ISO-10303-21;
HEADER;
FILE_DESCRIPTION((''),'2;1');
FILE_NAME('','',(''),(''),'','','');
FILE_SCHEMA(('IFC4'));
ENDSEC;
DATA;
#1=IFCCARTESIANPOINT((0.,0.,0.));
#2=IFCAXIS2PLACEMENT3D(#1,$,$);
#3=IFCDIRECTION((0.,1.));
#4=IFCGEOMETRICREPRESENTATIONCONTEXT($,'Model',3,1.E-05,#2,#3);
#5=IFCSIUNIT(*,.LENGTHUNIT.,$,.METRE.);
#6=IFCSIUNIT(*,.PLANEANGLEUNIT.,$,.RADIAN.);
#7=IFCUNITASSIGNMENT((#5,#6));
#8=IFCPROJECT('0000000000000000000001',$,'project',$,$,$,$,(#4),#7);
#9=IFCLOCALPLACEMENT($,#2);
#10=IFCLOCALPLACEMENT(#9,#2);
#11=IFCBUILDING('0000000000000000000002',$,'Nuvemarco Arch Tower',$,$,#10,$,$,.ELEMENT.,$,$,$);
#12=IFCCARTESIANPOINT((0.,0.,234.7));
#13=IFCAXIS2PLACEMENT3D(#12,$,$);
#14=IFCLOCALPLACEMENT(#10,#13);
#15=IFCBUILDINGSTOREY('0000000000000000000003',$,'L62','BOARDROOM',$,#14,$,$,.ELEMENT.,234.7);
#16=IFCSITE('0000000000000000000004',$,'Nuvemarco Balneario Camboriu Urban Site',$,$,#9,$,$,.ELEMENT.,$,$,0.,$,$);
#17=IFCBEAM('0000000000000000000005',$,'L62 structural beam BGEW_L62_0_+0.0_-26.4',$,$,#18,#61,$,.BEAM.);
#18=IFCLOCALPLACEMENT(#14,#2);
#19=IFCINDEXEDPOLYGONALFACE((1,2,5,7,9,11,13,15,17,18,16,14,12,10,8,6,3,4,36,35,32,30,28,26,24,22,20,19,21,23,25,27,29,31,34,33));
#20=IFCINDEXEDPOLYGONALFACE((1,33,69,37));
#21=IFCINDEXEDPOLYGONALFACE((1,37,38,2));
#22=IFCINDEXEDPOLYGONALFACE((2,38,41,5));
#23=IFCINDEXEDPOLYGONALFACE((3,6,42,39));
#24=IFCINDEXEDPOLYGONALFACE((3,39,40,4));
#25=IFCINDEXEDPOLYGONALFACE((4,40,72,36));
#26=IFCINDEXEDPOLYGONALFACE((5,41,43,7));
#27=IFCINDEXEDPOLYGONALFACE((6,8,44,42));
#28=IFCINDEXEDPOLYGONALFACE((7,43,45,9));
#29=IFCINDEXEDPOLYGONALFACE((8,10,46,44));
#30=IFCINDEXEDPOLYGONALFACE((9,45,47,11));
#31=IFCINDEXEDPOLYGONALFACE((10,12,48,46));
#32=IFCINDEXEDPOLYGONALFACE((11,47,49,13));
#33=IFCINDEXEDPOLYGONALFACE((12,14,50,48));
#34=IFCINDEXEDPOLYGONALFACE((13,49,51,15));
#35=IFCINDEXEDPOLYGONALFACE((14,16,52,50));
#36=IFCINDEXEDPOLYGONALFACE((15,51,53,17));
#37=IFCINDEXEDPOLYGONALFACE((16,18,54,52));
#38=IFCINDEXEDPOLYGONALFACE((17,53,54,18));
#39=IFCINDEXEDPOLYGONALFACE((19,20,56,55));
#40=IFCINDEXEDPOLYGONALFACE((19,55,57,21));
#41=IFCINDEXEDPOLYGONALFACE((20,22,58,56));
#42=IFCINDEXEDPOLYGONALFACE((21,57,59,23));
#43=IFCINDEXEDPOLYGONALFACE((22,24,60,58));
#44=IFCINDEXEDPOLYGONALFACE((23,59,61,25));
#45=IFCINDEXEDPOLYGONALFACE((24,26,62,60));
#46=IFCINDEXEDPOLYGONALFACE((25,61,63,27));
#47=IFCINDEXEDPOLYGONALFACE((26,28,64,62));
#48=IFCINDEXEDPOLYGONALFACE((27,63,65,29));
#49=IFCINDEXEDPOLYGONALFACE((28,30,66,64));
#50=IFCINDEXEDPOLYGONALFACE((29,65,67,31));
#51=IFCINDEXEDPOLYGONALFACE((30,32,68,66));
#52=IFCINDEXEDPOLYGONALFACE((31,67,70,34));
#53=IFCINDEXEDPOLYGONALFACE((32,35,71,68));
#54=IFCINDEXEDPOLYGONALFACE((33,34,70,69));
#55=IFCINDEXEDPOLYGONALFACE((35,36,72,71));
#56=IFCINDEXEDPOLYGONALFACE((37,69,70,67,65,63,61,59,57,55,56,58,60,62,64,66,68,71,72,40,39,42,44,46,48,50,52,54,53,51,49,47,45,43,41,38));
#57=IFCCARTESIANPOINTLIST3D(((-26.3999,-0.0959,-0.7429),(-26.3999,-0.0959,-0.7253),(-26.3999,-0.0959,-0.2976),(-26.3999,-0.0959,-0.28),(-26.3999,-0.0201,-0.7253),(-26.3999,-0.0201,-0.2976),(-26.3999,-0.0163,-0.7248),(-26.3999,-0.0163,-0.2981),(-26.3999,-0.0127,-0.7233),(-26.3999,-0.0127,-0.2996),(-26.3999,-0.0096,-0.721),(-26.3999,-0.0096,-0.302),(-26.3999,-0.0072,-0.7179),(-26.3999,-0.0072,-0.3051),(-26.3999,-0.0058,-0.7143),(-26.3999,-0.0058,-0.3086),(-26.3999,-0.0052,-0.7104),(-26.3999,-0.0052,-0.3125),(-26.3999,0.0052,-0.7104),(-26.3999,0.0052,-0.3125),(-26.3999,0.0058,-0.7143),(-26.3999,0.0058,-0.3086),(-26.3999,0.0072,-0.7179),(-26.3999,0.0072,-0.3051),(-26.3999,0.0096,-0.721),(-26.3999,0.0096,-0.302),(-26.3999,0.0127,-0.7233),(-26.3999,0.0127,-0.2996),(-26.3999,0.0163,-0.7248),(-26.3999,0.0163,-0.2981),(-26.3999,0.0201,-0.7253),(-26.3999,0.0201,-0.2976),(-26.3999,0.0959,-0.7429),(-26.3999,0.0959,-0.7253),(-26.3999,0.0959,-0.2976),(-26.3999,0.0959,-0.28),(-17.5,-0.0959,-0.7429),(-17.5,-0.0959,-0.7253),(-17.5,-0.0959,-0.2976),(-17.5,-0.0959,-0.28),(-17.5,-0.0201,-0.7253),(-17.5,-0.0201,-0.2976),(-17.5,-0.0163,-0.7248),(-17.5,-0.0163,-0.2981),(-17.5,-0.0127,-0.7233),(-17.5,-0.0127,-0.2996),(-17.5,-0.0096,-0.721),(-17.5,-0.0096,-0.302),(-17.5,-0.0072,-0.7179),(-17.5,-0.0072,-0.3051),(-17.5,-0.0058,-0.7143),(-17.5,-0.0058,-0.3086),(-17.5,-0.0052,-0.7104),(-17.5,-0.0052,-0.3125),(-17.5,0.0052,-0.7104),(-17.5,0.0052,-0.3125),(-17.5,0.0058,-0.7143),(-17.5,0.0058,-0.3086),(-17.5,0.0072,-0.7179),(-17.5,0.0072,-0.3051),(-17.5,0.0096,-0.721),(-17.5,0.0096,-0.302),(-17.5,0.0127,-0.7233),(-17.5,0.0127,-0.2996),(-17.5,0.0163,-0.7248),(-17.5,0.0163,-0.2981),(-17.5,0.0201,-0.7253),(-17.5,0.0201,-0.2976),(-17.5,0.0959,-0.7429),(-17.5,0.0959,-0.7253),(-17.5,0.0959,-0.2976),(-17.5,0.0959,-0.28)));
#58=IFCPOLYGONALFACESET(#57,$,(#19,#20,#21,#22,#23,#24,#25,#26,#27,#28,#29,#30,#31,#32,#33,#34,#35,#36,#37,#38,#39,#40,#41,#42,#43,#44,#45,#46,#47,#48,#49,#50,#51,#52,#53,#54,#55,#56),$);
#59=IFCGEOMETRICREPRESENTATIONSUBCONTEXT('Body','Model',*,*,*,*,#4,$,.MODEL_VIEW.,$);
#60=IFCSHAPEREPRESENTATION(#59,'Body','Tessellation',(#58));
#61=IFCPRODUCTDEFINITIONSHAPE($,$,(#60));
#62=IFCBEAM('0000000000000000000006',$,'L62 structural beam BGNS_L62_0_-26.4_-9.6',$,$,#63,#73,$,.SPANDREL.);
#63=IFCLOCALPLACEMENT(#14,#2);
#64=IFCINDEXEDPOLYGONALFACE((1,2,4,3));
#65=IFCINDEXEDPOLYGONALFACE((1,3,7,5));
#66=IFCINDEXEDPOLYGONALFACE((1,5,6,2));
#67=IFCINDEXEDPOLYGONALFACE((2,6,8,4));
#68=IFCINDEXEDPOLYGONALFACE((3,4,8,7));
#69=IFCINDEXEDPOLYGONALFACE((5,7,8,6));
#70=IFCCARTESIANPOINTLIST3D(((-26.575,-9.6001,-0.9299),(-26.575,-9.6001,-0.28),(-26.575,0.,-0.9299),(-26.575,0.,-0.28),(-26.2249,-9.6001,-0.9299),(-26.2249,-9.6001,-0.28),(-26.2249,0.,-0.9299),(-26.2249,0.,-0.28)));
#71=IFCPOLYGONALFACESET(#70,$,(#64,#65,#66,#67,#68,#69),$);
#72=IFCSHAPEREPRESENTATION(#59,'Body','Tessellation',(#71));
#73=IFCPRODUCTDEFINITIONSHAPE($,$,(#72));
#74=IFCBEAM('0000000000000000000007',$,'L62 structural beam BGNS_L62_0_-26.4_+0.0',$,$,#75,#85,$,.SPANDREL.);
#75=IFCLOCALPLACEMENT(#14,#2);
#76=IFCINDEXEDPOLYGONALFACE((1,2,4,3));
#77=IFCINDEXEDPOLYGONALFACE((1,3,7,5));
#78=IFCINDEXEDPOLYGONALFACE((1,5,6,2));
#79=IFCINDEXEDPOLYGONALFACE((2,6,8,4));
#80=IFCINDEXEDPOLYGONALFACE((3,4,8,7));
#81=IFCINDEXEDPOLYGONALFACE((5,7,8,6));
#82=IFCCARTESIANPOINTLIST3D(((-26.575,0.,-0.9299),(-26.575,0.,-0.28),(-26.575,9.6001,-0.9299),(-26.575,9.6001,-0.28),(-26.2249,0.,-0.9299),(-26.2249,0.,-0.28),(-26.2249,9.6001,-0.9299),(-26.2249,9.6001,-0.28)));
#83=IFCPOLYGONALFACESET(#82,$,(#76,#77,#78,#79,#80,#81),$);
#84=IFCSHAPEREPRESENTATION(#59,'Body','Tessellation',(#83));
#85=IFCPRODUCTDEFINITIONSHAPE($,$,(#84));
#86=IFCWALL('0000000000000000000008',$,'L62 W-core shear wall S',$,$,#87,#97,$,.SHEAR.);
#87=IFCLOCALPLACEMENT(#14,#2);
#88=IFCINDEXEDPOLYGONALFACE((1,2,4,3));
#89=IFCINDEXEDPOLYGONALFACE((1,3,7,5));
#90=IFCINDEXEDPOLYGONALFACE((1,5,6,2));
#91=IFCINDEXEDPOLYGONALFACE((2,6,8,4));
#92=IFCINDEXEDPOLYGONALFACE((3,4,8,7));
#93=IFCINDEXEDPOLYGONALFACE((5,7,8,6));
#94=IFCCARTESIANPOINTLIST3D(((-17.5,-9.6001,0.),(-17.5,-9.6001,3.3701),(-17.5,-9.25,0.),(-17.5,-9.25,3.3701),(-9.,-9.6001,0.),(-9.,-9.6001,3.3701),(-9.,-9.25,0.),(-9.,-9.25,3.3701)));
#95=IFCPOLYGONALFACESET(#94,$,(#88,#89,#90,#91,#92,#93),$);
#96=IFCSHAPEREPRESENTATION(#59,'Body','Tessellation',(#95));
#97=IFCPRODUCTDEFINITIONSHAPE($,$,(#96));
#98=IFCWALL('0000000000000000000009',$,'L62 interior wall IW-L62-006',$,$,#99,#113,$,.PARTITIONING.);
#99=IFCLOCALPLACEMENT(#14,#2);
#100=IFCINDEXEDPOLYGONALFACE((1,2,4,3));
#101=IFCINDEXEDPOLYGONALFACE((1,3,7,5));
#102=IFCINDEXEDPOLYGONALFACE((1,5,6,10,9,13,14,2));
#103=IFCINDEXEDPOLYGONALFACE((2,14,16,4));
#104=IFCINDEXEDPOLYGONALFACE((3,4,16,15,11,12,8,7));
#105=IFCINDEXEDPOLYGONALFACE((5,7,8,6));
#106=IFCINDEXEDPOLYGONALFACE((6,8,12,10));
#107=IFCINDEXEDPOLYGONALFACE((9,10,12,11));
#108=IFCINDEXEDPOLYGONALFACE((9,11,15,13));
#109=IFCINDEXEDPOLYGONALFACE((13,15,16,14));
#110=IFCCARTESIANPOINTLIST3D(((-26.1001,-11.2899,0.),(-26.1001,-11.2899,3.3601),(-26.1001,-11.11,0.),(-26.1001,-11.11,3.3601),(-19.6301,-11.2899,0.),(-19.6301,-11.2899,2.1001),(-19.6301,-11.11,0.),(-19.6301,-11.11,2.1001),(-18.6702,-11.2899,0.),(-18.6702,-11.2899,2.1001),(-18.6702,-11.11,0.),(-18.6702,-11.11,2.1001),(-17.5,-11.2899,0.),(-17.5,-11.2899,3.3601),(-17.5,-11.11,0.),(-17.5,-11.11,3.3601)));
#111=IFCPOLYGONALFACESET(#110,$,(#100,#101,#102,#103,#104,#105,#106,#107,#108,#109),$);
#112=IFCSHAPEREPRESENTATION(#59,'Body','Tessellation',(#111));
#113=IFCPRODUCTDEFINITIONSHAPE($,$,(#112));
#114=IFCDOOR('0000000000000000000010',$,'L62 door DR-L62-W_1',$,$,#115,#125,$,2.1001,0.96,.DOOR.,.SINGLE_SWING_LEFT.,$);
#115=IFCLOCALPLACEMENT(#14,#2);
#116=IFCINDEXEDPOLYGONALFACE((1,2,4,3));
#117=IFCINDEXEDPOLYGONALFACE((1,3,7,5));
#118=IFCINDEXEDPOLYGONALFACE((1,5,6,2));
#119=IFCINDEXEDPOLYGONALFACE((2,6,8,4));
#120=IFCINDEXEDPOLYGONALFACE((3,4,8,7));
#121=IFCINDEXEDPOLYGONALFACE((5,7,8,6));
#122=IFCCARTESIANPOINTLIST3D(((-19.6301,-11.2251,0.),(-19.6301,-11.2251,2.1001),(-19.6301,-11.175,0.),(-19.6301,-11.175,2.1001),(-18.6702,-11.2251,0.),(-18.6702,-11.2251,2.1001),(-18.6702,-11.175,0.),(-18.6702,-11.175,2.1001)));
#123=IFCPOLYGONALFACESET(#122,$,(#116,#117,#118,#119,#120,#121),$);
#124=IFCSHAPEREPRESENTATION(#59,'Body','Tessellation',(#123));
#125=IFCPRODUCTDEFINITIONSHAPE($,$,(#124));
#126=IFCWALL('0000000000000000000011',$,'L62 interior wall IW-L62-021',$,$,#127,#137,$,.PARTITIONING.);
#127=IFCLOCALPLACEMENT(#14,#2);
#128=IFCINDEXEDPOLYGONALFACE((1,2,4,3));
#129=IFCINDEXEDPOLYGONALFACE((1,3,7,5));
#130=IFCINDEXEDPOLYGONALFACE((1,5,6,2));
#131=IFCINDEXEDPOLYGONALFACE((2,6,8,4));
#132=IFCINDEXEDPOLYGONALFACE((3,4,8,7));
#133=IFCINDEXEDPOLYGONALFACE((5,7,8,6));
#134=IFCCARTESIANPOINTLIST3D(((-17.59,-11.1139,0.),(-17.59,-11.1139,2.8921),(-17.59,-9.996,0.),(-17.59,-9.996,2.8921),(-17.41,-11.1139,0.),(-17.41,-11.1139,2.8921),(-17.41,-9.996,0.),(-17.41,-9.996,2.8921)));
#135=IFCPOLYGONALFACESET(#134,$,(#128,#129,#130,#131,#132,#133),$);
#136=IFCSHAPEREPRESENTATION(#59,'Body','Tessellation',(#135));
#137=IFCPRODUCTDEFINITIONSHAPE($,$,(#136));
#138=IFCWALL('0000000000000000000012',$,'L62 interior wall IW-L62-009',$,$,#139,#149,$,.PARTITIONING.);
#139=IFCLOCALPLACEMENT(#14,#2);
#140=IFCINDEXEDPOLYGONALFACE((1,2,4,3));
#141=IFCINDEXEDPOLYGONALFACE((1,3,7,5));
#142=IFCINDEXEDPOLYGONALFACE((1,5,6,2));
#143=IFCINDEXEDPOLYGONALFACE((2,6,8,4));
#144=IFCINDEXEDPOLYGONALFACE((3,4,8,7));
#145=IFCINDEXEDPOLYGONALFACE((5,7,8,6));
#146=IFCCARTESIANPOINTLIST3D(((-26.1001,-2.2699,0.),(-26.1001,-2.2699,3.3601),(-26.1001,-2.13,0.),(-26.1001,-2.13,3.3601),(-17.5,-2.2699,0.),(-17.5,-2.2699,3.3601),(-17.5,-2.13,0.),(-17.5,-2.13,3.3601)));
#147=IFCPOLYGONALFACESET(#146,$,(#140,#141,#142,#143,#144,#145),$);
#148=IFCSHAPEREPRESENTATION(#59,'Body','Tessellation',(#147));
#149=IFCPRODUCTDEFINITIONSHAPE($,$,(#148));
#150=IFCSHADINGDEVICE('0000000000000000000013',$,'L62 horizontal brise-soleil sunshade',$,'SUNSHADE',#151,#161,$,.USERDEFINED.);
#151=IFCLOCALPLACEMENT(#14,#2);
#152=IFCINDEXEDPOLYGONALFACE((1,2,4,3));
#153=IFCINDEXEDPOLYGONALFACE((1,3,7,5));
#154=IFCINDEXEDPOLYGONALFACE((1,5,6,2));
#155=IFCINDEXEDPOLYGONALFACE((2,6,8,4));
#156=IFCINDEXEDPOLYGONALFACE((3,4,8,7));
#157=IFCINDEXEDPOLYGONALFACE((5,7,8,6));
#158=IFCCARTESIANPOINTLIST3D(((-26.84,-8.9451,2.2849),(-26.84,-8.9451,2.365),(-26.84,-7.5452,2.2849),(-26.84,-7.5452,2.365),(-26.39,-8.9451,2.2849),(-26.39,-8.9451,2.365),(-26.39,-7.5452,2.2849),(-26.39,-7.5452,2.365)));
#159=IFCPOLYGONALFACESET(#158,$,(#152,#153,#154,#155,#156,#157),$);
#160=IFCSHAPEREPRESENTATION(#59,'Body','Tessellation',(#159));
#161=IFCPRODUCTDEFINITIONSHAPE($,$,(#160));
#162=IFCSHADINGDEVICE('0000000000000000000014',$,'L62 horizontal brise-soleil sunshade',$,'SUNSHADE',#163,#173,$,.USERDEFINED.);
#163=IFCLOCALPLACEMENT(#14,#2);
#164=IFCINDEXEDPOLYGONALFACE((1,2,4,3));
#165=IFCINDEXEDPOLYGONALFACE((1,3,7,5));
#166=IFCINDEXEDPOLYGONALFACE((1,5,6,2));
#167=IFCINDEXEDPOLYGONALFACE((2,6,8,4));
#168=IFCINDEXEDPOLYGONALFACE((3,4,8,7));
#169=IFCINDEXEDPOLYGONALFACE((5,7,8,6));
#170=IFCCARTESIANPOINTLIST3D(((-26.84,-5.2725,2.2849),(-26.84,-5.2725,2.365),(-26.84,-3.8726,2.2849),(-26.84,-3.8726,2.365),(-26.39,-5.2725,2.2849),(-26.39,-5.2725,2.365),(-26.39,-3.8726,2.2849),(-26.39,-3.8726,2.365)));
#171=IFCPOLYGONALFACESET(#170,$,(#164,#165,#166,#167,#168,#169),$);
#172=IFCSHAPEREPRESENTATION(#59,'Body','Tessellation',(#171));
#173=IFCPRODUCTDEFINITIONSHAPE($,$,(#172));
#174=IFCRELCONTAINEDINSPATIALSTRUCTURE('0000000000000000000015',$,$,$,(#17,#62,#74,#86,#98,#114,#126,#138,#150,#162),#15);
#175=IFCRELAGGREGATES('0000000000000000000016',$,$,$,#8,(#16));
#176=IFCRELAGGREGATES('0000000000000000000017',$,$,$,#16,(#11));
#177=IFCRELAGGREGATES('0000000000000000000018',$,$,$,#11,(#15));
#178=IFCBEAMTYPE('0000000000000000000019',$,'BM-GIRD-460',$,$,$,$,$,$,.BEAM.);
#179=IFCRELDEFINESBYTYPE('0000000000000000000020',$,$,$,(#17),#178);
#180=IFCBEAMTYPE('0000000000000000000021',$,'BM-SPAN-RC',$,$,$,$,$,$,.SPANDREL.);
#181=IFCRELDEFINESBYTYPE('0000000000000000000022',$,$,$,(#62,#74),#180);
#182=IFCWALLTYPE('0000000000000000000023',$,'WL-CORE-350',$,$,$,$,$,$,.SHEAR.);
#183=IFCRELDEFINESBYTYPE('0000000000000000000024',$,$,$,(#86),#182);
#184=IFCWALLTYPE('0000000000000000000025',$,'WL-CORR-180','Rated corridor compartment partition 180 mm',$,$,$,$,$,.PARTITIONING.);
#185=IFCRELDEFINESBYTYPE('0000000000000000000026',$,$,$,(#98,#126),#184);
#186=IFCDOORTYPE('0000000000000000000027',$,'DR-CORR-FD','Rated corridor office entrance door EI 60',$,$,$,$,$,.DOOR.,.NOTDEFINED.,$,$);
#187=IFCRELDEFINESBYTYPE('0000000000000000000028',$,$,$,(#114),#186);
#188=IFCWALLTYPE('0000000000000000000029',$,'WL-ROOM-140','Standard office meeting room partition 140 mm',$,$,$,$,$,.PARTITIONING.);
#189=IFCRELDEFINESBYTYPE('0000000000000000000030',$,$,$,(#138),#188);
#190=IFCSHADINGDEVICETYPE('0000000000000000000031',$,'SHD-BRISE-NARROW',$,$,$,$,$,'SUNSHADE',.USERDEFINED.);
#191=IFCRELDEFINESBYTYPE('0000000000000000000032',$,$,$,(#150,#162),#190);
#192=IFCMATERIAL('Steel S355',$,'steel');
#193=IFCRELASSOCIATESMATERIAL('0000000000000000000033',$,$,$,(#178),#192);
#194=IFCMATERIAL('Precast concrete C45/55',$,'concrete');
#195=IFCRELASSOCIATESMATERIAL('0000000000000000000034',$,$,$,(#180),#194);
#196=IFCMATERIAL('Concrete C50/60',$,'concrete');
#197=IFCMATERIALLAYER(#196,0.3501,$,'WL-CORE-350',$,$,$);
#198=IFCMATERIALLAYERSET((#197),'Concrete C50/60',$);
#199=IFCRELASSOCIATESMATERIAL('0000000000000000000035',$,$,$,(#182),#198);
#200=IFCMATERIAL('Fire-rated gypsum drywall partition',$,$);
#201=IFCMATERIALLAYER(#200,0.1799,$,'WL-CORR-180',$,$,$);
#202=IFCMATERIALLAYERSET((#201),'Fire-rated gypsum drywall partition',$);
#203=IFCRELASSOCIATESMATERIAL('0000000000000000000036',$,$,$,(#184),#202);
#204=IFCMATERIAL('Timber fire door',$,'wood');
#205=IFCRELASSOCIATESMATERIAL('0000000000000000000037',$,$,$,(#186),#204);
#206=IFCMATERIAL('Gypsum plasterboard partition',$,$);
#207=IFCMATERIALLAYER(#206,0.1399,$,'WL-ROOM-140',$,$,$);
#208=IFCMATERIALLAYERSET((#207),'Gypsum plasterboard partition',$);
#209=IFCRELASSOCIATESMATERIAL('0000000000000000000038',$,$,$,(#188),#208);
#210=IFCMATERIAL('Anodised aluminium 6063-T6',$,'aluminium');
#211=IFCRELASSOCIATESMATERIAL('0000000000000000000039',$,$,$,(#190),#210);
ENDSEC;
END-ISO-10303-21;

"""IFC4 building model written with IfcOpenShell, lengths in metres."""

from ifc_helpers import new_model, si_unit, direction, frame, frame_2d, origin, origin_2d, place, context, subcontext, project, spatial, rectangle, i_section, extrude, source, transform, mapped, material, layer, layer_set, material_profile, profile_set, type_object, type_shapes, element, fill, save


model = new_model("IFC4")

# Units and contexts
model_context = context("Model", 3, precision=1e-05, world=origin(), true_north=direction((0.0, 1.0)))
body_context = subcontext(model_context, "Body", "Model", "MODEL_VIEW")
ifc_project = project(units=[si_unit("LENGTHUNIT", "METRE"), si_unit("PLANEANGLEUNIT", "RADIAN")], contexts=[model_context])

# Site, building, storey
site_placement = place(None, origin())
site = spatial("IfcSite", under=ifc_project, at=site_placement, Name="Nuvemarco Balneario Camboriu Urban Site", CompositionType="ELEMENT", RefElevation=0.0)
building_placement = place(site_placement, origin())
building = spatial("IfcBuilding", under=site, at=building_placement, Name="Nuvemarco Arch Tower", CompositionType="ELEMENT")
storey_placement = place(building_placement, frame((0.0, 0.0, 234.7)))
storey = spatial("IfcBuildingStorey", under=building, at=storey_placement, Name="L62", Description="BOARDROOM", CompositionType="ELEMENT", Elevation=234.7)

# Shared definitions
ifc_material_1 = material(Name="Concrete C50/60", Category="concrete")
ifc_material_2 = material(Name="Steel S355", Category="steel")

# Beams
ifc_material_profile_1 = material_profile(ifc_material_2, i_section(OverallWidth=0.1919, OverallDepth=0.4629, WebThickness=0.0105, FlangeThickness=0.0176, FilletRadius=0.0149, at=origin_2d()), Name="W460x89")
ifc_profile_set_1 = profile_set([ifc_material_profile_1], Name="Steel S355")
beam_type_1 = type_object("IfcBeamType", Name="BM-GIRD-460", PredefinedType="BEAM", material=ifc_profile_set_1)
beam_1_placement = place(storey_placement, frame((-26.3999, 0.0, -0.5115), z_axis=(1.0, 0.0, 0.0), x_axis=(0.0, 1.0, 0.0)))
element("IfcBeam", 1, at=beam_1_placement, inside=storey, type_object=beam_type_1, Name="L62 structural beam BGEW_L62_0_+0.0_-26.4", PredefinedType="BEAM", context=body_context, shape_type="SweptSolid", body=[
    extrude(i_section(OverallWidth=0.1919, OverallDepth=0.4629, WebThickness=0.0105, FlangeThickness=0.0176, FilletRadius=0.0149, at=origin_2d()), origin(), (0.0, 0.0, 1.0), 8.8999),
])
ifc_material_3 = material(Name="Precast concrete C45/55", Category="concrete")
ifc_material_profile_2 = material_profile(ifc_material_3, rectangle(XDim=0.3501, YDim=0.6499, at=origin_2d()), Name="PC-SP-350x650")
ifc_profile_set_2 = profile_set([ifc_material_profile_2], Name="Precast concrete C45/55")
beam_type_2 = type_object("IfcBeamType", Name="BM-SPAN-RC", PredefinedType="SPANDREL", material=ifc_profile_set_2)
for number, where, z_axis, x_axis, name in (
    (2, (-26.3999, -9.6001, -0.605), (0.0, 1.0, 0.0), (-1.0, 0.0, 0.0), "L62 structural beam BGNS_L62_0_-26.4_-9.6"),
    (3, (-26.3999, 0.0, -0.605), (0.0, 1.0, 0.0), (-1.0, 0.0, 0.0), "L62 structural beam BGNS_L62_0_-26.4_+0.0"),
):
    element("IfcBeam", number, at=place(storey_placement, frame(where, z_axis=z_axis, x_axis=x_axis)), inside=storey, type_object=beam_type_2, Name=name, PredefinedType="SPANDREL", context=body_context, shape_type="SweptSolid", body=[
        extrude(rectangle(XDim=0.3501, YDim=0.6499, at=origin_2d()), origin(), (0.0, 0.0, 1.0), 9.6001),
    ])

# Wall
ifc_layer_1 = layer(ifc_material_1, 0.3501, Name="WL-CORE-350")
ifc_layer_set_1 = layer_set([ifc_layer_1], Name="Concrete C50/60")
wall_type_1 = type_object("IfcWallType", Name="WL-CORE-350", PredefinedType="SHEAR", material=ifc_layer_set_1)
wall_1_placement = place(storey_placement, frame((-17.5, -9.425, 0.0), z_axis=(0.0, 0.0, 1.0), x_axis=(1.0, 0.0, 0.0)))
element("IfcWall", 4, at=wall_1_placement, inside=storey, type_object=wall_type_1, Name="L62 W-core shear wall S", PredefinedType="SHEAR", context=body_context, shape_type="SweptSolid", body=[
    extrude(rectangle(XDim=8.5, YDim=0.3501, at=frame_2d((4.25, 0.0))), origin(), (0.0, 0.0, 1.0), 3.3701),
])

# Wall, opening, door
ifc_material_4 = material(Name="Fire-rated gypsum drywall partition")
ifc_layer_2 = layer(ifc_material_4, 0.1799, Name="WL-CORR-180")
ifc_layer_set_2 = layer_set([ifc_layer_2], Name="Fire-rated gypsum drywall partition")
wall_type_2 = type_object("IfcWallType", Name="WL-CORR-180", Description="Rated corridor compartment partition 180 mm", PredefinedType="PARTITIONING", material=ifc_layer_set_2)
wall_2_placement = place(storey_placement, frame((-26.1001, -11.2, 0.0), z_axis=(0.0, 0.0, 1.0), x_axis=(1.0, 0.0, 0.0)))
wall_2 = element("IfcWall", 5, at=wall_2_placement, inside=storey, type_object=wall_type_2, Name="L62 interior wall IW-L62-006", PredefinedType="PARTITIONING", context=body_context, shape_type="SweptSolid", body=[
    extrude(rectangle(XDim=8.6001, YDim=0.1799, at=frame_2d((4.3, 0.0))), origin(), (0.0, 0.0, 1.0), 3.3601),
])
opening_placement = place(wall_2_placement, frame((6.47, 0.0, 0.0)))
opening = element("IfcOpeningElement", 6, at=opening_placement, cuts=wall_2, PredefinedType="OPENING", context=body_context, shape_type="SweptSolid", body=[
    extrude(rectangle(XDim=0.96, YDim=2.1001, at=frame_2d((0.48, 1.05))), frame((0.0, 0.0999, 0.0), z_axis=(0.0, -1.0, 0.0), x_axis=(1.0, 0.0, 0.0)), (0.0, 0.0, 1.0), 0.2),
])
ifc_material_5 = material(Name="Timber fire door", Category="wood")
door_type = type_object("IfcDoorType", Name="DR-CORR-FD", Description="Rated corridor office entrance door EI 60", OperationType="NOTDEFINED", PredefinedType="DOOR", material=ifc_material_5)
shared_shape_1 = source(origin(), body_context, "Body", "SweptSolid", [
    extrude(rectangle(XDim=0.96, YDim=2.1001, at=frame_2d((0.48, 1.05))), frame((0.0, 0.0249, 0.0), z_axis=(0.0, -1.0, 0.0), x_axis=(1.0, 0.0, 0.0)), (0.0, 0.0, 1.0), 0.05),
])
type_shapes(door_type, [shared_shape_1])
door_placement = place(opening_placement, origin())
door = element("IfcDoor", 7, at=door_placement, inside=storey, type_object=door_type, Name="L62 door DR-L62-W_1", OperationType="SINGLE_SWING_LEFT", OverallHeight=2.1001, OverallWidth=0.96, PredefinedType="DOOR", context=body_context, shape_type="MappedRepresentation", body=[
    mapped(shared_shape_1, transform((0.0, 0.0, 0.0), scale=1.0)),
])
fill(opening, door)

# Walls
wall_3_placement = place(storey_placement, frame((-17.5, -11.114, 0.0), z_axis=(0.0, 0.0, 1.0), x_axis=(0.0, 1.0, 0.0)))
element("IfcWall", 8, at=wall_3_placement, inside=storey, type_object=wall_type_2, Name="L62 interior wall IW-L62-021", PredefinedType="PARTITIONING", context=body_context, shape_type="SweptSolid", body=[
    extrude(rectangle(XDim=1.1179, YDim=0.1799, at=frame_2d((0.5591, 0.0))), origin(), (0.0, 0.0, 1.0), 2.8921),
])
ifc_material_6 = material(Name="Gypsum plasterboard partition")
ifc_layer_3 = layer(ifc_material_6, 0.1399, Name="WL-ROOM-140")
ifc_layer_set_3 = layer_set([ifc_layer_3], Name="Gypsum plasterboard partition")
wall_type_3 = type_object("IfcWallType", Name="WL-ROOM-140", Description="Standard office meeting room partition 140 mm", PredefinedType="PARTITIONING", material=ifc_layer_set_3)
wall_4_placement = place(storey_placement, frame((-26.1001, -2.2, 0.0), z_axis=(0.0, 0.0, 1.0), x_axis=(1.0, 0.0, 0.0)))
element("IfcWall", 9, at=wall_4_placement, inside=storey, type_object=wall_type_3, Name="L62 interior wall IW-L62-009", PredefinedType="PARTITIONING", context=body_context, shape_type="SweptSolid", body=[
    extrude(rectangle(XDim=8.6001, YDim=0.1399, at=frame_2d((4.3, 0.0))), origin(), (0.0, 0.0, 1.0), 3.3601),
])

# Shading devices
ifc_material_7 = material(Name="Anodised aluminium 6063-T6", Category="aluminium")
shading_device_type = type_object("IfcShadingDeviceType", Name="SHD-BRISE-NARROW", ElementType="SUNSHADE", PredefinedType="USERDEFINED", material=ifc_material_7)
shared_shape_2 = source(origin(), body_context, "Body", "SweptSolid", [
    extrude(rectangle(XDim=1.3999, YDim=0.45, at=origin_2d()), origin(), (0.0, 0.0, 1.0), 0.0801),
])
type_shapes(shading_device_type, [shared_shape_2])
for number, where, z_axis, x_axis, name in (
    (10, (-26.615, -8.2451, 2.2849), (0.0, 0.0, 1.0), (0.0, 1.0, 0.0), "L62 horizontal brise-soleil sunshade"),
    (11, (-26.615, -4.5725, 2.2849), (0.0, 0.0, 1.0), (0.0, 1.0, 0.0), "L62 horizontal brise-soleil sunshade"),
):
    element("IfcShadingDevice", number, at=place(storey_placement, frame(where, z_axis=z_axis, x_axis=x_axis)), inside=storey, type_object=shading_device_type, Name=name, ObjectType="SUNSHADE", PredefinedType="USERDEFINED", context=body_context, shape_type="MappedRepresentation", body=[
        mapped(shared_shape_2, transform((0.0, 0.0, 0.0), scale=1.0)),
    ])

save(model, "model.ifc")
